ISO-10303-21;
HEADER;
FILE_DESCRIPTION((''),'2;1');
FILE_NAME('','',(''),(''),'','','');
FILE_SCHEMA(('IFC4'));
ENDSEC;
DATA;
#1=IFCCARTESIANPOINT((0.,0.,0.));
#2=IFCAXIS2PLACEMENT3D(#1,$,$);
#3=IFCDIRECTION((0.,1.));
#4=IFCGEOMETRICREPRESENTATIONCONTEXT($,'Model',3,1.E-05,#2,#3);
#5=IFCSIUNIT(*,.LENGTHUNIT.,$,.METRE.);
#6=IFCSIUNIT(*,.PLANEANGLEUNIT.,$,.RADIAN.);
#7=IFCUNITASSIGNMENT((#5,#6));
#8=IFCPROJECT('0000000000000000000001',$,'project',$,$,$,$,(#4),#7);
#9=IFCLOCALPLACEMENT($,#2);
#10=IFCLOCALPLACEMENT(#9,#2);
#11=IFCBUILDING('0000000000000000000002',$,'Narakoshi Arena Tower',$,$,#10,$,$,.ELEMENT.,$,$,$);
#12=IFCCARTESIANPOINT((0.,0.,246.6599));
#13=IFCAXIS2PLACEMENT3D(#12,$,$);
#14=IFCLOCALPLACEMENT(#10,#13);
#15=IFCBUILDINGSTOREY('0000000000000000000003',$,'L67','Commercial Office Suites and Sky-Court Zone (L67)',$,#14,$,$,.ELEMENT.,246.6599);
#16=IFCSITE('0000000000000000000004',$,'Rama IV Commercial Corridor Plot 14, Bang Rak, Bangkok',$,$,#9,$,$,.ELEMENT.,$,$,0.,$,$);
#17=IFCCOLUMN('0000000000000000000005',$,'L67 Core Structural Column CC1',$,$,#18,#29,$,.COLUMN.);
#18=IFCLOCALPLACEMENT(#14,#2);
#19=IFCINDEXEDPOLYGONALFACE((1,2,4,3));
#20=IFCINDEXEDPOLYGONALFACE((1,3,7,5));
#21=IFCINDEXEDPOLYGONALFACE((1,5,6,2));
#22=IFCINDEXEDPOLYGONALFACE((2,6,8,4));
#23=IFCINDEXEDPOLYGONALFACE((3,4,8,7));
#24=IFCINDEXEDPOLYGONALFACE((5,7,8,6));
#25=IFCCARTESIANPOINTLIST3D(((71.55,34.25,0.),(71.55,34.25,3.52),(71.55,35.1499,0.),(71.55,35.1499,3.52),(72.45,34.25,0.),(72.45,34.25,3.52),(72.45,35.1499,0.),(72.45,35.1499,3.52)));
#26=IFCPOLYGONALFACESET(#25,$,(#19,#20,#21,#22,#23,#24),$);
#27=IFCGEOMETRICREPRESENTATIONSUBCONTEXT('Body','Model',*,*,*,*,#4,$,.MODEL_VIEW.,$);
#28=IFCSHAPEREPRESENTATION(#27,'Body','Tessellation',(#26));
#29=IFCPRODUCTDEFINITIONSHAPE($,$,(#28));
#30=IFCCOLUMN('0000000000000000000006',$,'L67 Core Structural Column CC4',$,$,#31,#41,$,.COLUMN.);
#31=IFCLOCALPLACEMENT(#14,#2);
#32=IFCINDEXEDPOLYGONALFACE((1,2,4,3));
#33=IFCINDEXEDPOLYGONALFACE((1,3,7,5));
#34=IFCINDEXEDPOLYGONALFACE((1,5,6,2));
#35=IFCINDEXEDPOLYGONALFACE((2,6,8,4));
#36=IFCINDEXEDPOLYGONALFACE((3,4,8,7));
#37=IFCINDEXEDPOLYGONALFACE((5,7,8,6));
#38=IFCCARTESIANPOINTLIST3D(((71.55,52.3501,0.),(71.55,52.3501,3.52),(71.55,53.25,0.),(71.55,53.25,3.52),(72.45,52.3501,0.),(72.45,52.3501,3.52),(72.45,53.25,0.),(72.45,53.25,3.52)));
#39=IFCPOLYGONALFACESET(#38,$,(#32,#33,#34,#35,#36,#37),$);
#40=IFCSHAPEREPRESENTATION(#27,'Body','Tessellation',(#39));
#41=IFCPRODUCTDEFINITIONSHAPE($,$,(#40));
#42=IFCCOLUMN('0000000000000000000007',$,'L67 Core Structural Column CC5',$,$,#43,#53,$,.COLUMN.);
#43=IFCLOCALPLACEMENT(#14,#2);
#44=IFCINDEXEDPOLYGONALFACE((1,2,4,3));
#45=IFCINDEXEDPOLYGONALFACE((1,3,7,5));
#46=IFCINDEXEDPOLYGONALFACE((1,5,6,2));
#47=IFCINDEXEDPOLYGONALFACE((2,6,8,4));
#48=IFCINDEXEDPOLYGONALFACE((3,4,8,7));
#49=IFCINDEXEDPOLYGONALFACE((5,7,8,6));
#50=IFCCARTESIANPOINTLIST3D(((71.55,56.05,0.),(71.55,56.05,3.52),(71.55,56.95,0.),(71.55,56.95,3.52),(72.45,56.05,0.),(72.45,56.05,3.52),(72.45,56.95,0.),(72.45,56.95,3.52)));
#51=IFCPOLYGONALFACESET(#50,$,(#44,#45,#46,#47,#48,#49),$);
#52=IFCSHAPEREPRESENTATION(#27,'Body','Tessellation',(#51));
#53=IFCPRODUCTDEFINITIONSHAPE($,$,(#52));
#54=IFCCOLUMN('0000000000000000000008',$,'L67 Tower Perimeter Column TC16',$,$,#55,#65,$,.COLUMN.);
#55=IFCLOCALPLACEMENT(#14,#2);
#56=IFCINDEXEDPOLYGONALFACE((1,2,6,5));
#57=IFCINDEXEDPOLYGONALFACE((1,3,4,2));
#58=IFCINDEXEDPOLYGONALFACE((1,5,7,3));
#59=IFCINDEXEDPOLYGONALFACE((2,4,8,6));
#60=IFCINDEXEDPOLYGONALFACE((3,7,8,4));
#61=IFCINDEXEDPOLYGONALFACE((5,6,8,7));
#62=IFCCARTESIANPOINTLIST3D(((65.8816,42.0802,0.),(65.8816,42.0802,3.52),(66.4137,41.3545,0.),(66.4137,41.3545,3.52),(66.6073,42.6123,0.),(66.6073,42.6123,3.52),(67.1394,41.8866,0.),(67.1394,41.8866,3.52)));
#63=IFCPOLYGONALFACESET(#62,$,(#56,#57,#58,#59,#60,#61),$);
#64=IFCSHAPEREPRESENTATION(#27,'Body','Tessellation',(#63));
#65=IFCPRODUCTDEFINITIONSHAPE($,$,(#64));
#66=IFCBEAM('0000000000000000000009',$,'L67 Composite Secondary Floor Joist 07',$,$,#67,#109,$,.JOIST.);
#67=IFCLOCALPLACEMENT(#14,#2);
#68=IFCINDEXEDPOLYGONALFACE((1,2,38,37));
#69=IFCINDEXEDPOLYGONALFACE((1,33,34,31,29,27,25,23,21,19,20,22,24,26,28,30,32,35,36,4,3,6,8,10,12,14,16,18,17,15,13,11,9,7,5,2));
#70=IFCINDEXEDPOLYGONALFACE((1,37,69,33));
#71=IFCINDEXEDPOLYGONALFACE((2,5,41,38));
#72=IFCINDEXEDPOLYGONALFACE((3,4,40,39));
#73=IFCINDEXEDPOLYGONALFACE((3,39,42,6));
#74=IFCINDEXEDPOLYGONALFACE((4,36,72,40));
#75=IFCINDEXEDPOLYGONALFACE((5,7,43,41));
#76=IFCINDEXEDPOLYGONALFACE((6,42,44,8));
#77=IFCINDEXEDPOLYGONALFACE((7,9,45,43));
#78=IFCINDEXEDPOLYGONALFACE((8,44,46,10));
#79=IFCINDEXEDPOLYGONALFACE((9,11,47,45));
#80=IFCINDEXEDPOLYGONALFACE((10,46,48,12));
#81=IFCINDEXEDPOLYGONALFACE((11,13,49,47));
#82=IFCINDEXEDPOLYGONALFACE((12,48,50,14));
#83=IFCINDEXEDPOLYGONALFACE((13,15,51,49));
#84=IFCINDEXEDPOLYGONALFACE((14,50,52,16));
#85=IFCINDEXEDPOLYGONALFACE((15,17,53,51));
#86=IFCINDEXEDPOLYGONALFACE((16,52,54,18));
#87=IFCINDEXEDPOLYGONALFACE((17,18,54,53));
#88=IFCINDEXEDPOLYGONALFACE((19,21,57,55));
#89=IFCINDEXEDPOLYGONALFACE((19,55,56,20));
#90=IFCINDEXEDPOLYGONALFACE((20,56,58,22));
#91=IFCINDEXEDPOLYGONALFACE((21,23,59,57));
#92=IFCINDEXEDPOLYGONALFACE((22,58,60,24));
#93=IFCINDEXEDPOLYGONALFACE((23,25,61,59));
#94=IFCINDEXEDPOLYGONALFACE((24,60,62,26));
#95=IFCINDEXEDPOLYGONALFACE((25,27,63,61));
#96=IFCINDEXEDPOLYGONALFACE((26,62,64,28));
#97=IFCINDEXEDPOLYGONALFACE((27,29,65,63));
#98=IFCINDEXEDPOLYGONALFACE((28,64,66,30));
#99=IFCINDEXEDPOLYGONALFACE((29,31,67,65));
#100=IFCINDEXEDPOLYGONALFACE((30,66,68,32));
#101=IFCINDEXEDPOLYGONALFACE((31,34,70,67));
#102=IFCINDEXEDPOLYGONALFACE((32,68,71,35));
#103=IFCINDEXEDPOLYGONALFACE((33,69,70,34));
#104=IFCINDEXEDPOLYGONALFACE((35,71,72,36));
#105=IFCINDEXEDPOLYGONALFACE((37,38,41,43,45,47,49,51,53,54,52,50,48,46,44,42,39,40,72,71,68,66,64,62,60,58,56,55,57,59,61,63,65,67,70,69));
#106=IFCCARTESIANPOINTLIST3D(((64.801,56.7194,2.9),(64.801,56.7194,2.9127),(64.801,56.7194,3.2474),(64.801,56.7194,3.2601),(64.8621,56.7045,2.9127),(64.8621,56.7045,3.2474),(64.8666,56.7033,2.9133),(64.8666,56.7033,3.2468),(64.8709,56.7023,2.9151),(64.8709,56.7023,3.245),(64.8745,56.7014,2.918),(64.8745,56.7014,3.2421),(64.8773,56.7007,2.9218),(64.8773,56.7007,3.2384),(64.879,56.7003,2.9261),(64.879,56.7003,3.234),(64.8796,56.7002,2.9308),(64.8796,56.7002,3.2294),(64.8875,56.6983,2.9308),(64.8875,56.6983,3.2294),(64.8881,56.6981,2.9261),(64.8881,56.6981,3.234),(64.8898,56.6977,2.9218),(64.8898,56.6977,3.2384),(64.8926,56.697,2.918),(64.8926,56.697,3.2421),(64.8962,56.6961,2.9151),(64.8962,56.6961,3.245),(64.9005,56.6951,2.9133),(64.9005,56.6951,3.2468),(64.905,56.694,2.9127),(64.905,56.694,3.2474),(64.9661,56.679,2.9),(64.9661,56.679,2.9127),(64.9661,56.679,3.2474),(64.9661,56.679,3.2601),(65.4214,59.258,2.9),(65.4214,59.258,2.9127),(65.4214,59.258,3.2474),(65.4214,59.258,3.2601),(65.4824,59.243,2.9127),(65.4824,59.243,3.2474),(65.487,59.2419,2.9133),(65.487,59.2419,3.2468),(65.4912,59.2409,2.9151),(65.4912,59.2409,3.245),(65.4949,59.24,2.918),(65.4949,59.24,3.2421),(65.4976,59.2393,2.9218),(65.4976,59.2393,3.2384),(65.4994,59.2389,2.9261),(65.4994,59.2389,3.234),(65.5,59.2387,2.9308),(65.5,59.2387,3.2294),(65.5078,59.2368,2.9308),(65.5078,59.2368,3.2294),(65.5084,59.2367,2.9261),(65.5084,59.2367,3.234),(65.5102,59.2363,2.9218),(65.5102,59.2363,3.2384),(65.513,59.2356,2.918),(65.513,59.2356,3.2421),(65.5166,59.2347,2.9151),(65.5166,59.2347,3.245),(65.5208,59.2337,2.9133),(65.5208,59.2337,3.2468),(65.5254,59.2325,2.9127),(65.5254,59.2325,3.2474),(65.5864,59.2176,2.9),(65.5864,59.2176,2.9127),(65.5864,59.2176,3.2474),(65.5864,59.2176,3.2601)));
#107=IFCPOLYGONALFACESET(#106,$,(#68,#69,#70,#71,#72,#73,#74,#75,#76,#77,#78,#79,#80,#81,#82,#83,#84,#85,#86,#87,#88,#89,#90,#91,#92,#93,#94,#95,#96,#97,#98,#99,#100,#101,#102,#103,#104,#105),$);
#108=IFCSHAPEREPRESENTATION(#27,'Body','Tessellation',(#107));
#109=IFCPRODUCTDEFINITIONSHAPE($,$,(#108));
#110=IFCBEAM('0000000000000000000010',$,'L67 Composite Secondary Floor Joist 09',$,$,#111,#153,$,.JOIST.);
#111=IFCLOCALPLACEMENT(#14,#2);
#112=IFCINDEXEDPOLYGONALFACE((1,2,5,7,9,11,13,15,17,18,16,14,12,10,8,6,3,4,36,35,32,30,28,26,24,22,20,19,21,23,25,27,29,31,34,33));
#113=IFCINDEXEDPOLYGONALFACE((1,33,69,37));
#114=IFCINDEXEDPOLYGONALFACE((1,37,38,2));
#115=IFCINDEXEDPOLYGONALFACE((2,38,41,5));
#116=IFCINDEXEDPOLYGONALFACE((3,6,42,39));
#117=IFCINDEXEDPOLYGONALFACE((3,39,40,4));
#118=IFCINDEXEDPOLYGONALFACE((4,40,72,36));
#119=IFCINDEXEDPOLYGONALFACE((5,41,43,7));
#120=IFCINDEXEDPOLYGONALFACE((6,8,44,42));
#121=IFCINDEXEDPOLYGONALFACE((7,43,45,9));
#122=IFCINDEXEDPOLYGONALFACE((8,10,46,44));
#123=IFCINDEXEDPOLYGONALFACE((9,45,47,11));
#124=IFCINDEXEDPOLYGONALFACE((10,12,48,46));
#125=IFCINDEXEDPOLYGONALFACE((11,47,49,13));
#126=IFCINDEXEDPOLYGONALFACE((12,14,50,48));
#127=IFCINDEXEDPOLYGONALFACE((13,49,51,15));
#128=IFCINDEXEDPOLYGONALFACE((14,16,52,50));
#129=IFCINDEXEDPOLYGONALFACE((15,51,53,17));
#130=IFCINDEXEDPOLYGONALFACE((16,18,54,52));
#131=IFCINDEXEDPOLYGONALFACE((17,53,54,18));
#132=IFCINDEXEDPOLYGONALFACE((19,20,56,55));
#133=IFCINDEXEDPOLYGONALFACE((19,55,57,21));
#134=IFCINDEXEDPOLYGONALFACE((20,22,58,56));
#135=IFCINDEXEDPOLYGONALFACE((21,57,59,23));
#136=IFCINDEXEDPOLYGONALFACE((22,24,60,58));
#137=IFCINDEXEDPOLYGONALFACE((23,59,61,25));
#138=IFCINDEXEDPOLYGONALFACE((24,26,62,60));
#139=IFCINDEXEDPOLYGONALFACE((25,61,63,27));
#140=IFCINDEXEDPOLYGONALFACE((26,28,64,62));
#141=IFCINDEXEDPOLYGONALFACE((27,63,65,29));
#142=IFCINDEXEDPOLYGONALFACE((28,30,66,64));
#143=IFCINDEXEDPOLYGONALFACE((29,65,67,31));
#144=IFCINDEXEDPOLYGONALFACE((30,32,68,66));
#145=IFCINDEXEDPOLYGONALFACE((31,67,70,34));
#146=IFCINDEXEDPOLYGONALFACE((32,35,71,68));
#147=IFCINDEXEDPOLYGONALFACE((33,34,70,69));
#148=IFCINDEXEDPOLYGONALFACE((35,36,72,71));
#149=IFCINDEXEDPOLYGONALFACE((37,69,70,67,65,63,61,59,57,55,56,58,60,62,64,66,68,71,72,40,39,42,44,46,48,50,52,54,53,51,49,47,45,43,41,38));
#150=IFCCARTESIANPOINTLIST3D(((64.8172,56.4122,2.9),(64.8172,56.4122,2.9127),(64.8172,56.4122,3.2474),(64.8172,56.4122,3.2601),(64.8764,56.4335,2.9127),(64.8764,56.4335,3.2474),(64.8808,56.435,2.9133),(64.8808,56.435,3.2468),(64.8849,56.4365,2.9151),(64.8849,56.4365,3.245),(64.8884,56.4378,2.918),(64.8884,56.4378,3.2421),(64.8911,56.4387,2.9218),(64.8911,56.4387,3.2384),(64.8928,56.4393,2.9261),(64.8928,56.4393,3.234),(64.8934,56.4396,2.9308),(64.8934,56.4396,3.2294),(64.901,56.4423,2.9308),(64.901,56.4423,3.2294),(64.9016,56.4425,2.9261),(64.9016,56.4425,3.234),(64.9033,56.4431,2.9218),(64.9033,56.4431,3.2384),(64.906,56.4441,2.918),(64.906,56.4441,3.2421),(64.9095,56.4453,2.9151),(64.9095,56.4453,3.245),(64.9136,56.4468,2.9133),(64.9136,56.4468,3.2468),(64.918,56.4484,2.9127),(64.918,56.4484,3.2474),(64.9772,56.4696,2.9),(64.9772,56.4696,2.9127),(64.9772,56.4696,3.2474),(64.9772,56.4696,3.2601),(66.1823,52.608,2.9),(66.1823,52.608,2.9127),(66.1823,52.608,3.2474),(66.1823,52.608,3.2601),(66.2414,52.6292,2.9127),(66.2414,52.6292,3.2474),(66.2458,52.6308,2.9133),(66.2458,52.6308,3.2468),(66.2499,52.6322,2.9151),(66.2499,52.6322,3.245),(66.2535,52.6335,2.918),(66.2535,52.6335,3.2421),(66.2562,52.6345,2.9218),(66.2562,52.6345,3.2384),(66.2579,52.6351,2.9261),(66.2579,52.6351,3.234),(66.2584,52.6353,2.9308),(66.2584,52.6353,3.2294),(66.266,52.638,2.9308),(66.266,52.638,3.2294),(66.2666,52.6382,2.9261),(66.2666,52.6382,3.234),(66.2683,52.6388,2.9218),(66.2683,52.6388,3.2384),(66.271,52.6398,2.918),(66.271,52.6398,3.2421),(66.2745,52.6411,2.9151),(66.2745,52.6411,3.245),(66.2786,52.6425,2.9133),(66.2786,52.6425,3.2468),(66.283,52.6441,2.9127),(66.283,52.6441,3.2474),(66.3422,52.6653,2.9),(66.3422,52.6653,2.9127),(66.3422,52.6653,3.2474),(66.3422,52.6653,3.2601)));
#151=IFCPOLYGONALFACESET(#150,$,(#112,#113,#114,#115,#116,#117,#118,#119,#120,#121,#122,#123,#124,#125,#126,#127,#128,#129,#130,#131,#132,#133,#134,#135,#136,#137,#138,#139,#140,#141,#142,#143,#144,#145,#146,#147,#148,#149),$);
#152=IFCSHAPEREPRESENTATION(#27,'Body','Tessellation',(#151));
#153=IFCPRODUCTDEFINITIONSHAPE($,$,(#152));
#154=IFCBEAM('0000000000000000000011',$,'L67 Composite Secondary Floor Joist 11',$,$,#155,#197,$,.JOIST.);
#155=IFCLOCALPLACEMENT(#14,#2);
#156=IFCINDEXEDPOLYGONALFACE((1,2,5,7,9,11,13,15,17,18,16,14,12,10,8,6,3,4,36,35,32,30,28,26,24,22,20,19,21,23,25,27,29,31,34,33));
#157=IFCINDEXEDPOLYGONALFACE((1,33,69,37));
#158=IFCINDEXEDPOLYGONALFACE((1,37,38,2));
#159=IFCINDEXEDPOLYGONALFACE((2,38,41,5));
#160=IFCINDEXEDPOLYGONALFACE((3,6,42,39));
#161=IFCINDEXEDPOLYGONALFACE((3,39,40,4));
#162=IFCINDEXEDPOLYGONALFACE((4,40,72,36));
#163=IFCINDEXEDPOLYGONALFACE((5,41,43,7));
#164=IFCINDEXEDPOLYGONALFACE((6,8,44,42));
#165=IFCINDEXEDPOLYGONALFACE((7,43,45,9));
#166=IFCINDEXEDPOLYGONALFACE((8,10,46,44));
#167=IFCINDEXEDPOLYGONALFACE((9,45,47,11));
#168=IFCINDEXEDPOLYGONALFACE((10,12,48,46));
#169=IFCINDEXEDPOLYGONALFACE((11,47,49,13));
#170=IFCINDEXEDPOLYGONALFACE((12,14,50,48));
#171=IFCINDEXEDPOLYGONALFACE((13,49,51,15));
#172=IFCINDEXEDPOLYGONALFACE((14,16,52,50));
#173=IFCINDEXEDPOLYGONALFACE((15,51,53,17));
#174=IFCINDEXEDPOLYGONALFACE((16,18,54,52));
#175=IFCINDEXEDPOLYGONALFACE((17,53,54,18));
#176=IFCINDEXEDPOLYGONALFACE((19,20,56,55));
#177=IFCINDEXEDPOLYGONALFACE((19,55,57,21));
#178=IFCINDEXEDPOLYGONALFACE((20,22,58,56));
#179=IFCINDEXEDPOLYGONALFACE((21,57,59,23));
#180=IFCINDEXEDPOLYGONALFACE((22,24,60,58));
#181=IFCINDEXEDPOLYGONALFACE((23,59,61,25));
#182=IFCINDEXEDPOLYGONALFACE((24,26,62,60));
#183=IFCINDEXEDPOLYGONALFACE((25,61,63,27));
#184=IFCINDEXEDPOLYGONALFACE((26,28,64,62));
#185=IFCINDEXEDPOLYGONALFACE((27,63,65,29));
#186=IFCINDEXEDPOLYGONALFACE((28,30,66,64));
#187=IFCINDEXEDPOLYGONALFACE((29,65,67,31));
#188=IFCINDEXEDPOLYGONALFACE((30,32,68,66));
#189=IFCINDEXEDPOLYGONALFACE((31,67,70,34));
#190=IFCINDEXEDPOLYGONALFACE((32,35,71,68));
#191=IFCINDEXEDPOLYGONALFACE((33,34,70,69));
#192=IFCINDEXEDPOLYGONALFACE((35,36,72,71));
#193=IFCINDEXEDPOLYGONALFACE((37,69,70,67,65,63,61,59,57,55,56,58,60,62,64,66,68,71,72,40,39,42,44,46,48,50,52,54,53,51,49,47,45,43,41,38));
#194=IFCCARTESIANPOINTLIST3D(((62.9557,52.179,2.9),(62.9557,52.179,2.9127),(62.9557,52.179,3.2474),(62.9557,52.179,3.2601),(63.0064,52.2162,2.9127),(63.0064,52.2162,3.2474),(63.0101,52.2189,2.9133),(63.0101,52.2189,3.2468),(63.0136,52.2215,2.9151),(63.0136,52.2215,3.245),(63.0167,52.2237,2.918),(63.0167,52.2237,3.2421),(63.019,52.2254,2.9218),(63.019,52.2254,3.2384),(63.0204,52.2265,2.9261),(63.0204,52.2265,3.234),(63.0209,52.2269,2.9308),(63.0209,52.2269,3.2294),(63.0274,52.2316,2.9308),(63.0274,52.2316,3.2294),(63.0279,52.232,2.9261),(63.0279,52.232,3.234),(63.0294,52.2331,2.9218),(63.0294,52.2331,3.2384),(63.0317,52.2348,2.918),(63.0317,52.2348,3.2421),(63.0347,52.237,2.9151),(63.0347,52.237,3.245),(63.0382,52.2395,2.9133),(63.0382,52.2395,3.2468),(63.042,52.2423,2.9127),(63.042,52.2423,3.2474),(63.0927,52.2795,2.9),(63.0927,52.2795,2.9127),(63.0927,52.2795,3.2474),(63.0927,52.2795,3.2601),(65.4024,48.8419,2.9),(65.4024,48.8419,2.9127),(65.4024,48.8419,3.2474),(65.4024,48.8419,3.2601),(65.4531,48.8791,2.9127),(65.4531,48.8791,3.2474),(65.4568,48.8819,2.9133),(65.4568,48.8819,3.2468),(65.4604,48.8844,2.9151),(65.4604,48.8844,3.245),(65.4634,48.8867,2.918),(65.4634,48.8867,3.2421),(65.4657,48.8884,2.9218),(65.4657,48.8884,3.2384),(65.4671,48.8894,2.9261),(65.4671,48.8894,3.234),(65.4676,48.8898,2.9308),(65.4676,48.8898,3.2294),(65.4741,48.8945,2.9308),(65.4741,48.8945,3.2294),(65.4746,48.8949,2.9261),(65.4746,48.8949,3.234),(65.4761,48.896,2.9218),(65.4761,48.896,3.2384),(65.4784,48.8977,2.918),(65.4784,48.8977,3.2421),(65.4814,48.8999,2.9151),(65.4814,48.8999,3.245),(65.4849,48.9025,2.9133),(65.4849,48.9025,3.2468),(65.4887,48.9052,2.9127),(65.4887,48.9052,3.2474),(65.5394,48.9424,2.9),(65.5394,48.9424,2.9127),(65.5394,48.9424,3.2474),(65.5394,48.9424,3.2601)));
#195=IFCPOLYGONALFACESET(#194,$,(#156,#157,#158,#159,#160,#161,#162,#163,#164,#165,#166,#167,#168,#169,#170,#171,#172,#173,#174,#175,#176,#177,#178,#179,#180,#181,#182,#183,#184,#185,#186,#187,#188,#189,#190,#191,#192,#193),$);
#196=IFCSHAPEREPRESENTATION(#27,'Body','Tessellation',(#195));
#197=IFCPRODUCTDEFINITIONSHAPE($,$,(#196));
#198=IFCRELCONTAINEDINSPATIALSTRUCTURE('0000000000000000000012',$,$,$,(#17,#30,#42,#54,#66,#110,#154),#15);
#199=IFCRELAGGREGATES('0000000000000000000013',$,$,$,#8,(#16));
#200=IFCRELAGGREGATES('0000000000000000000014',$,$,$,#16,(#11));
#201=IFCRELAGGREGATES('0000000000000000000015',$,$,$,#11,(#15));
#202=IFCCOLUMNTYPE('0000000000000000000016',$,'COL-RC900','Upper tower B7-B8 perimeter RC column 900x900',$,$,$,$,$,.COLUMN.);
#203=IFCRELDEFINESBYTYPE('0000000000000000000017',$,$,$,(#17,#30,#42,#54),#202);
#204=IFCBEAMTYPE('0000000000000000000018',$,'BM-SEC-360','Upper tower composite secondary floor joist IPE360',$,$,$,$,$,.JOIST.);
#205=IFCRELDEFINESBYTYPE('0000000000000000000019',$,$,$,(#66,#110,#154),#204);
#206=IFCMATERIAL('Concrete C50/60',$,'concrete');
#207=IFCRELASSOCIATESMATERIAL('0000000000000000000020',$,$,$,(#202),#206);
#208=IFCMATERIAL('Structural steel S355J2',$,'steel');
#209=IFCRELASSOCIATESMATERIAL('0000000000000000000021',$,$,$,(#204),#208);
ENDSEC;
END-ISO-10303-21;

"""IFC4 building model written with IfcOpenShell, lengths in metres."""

from ifc_helpers import new_model, si_unit, direction, frame, origin, origin_2d, place, context, subcontext, project, spatial, rectangle, i_section, extrude, material, material_profile, profile_set, type_object, element, save


model = new_model("IFC4")

# Units and contexts
model_context = context("Model", 3, precision=1e-05, world=origin(), true_north=direction((0.0, 1.0)))
body_context = subcontext(model_context, "Body", "Model", "MODEL_VIEW")
ifc_project = project(units=[si_unit("LENGTHUNIT", "METRE"), si_unit("PLANEANGLEUNIT", "RADIAN")], contexts=[model_context])

# Site, building, storey
site_placement = place(None, origin())
site = spatial("IfcSite", under=ifc_project, at=site_placement, Name="Rama IV Commercial Corridor Plot 14, Bang Rak, Bangkok", CompositionType="ELEMENT", RefElevation=0.0)
building_placement = place(site_placement, origin())
building = spatial("IfcBuilding", under=site, at=building_placement, Name="Narakoshi Arena Tower", CompositionType="ELEMENT")
storey_placement = place(building_placement, frame((0.0, 0.0, 246.6599)))
storey = spatial("IfcBuildingStorey", under=building, at=storey_placement, Name="L67", Description="Commercial Office Suites and Sky-Court Zone (L67)", CompositionType="ELEMENT", Elevation=246.6599)

# Columns
ifc_material_1 = material(Name="Concrete C50/60", Category="concrete")
ifc_material_profile_1 = material_profile(ifc_material_1, rectangle(XDim=0.8999, YDim=0.8999, at=origin_2d()), Name="RC900x900")
ifc_profile_set_1 = profile_set([ifc_material_profile_1], Name="Concrete C50/60")
column_type = type_object("IfcColumnType", Name="COL-RC900", Description="Upper tower B7-B8 perimeter RC column 900x900", PredefinedType="COLUMN", material=ifc_profile_set_1)
for number, where, z_axis, x_axis, name in (
    (1, (72.0, 34.7, 0.0), (0.0, 0.0, 1.0), (1.0, 0.0, 0.0), "L67 Core Structural Column CC1"),
    (2, (72.0, 52.8, 0.0), (0.0, 0.0, 1.0), (1.0, 0.0, 0.0), "L67 Core Structural Column CC4"),
    (3, (72.0, 56.5, 0.0), (0.0, 0.0, 1.0), (1.0, 0.0, 0.0), "L67 Core Structural Column CC5"),
    (4, (66.5105, 41.9834, 0.0), (0.0, 0.0, 1.0), (-0.59131, 0.806445, 0.0), "L67 Tower Perimeter Column TC16"),
):
    element("IfcColumn", number, at=place(storey_placement, frame(where, z_axis=z_axis, x_axis=x_axis)), inside=storey, type_object=column_type, Name=name, PredefinedType="COLUMN", context=body_context, shape_type="SweptSolid", body=[
        extrude(rectangle(XDim=0.8999, YDim=0.8999, at=origin_2d()), origin(), (0.0, 0.0, 1.0), 3.52),
    ])

# Beams
ifc_material_2 = material(Name="Structural steel S355J2", Category="steel")
ifc_material_profile_2 = material_profile(ifc_material_2, i_section(OverallWidth=0.1699, OverallDepth=0.3601, WebThickness=0.0081, FlangeThickness=0.0127, FilletRadius=0.0181, at=origin_2d()), Name="IPE360")
ifc_profile_set_2 = profile_set([ifc_material_profile_2], Name="Structural steel S355J2")
beam_type = type_object("IfcBeamType", Name="BM-SEC-360", Description="Upper tower composite secondary floor joist IPE360", PredefinedType="JOIST", material=ifc_profile_set_2)
beam_1_placement = place(storey_placement, frame((65.5039, 59.2378, 3.0801), z_axis=(-0.237388, -0.971415, 0.0), x_axis=(0.971415, -0.237388, 0.0)))
element("IfcBeam", 5, at=beam_1_placement, inside=storey, type_object=beam_type, Name="L67 Composite Secondary Floor Joist 07", PredefinedType="JOIST", context=body_context, shape_type="SweptSolid", body=[
    extrude(i_section(OverallWidth=0.1699, OverallDepth=0.3601, WebThickness=0.0081, FlangeThickness=0.0127, FilletRadius=0.0181, at=origin_2d()), origin(), (0.0, 0.0, 1.0), 2.6133),
])
beam_2_placement = place(storey_placement, frame((64.8972, 56.4409, 3.0801), z_axis=(0.337729, -0.941243, 0.0), x_axis=(0.941243, 0.337729, 0.0)))
element("IfcBeam", 6, at=beam_2_placement, inside=storey, type_object=beam_type, Name="L67 Composite Secondary Floor Joist 09", PredefinedType="JOIST", context=body_context, shape_type="SweptSolid", body=[
    extrude(i_section(OverallWidth=0.1699, OverallDepth=0.3601, WebThickness=0.0081, FlangeThickness=0.0127, FilletRadius=0.0181, at=origin_2d()), origin(), (0.0, 0.0, 1.0), 4.0417),
])
beam_3_placement = place(storey_placement, frame((63.0242, 52.2292, 3.0801), z_axis=(0.591289, -0.806459, 0.0), x_axis=(0.806459, 0.591289, 0.0)))
element("IfcBeam", 7, at=beam_3_placement, inside=storey, type_object=beam_type, Name="L67 Composite Secondary Floor Joist 11", PredefinedType="JOIST", context=body_context, shape_type="SweptSolid", body=[
    extrude(i_section(OverallWidth=0.1699, OverallDepth=0.3601, WebThickness=0.0081, FlangeThickness=0.0127, FilletRadius=0.0181, at=origin_2d()), origin(), (0.0, 0.0, 1.0), 4.1379),
])

save(model, "model.ifc")
